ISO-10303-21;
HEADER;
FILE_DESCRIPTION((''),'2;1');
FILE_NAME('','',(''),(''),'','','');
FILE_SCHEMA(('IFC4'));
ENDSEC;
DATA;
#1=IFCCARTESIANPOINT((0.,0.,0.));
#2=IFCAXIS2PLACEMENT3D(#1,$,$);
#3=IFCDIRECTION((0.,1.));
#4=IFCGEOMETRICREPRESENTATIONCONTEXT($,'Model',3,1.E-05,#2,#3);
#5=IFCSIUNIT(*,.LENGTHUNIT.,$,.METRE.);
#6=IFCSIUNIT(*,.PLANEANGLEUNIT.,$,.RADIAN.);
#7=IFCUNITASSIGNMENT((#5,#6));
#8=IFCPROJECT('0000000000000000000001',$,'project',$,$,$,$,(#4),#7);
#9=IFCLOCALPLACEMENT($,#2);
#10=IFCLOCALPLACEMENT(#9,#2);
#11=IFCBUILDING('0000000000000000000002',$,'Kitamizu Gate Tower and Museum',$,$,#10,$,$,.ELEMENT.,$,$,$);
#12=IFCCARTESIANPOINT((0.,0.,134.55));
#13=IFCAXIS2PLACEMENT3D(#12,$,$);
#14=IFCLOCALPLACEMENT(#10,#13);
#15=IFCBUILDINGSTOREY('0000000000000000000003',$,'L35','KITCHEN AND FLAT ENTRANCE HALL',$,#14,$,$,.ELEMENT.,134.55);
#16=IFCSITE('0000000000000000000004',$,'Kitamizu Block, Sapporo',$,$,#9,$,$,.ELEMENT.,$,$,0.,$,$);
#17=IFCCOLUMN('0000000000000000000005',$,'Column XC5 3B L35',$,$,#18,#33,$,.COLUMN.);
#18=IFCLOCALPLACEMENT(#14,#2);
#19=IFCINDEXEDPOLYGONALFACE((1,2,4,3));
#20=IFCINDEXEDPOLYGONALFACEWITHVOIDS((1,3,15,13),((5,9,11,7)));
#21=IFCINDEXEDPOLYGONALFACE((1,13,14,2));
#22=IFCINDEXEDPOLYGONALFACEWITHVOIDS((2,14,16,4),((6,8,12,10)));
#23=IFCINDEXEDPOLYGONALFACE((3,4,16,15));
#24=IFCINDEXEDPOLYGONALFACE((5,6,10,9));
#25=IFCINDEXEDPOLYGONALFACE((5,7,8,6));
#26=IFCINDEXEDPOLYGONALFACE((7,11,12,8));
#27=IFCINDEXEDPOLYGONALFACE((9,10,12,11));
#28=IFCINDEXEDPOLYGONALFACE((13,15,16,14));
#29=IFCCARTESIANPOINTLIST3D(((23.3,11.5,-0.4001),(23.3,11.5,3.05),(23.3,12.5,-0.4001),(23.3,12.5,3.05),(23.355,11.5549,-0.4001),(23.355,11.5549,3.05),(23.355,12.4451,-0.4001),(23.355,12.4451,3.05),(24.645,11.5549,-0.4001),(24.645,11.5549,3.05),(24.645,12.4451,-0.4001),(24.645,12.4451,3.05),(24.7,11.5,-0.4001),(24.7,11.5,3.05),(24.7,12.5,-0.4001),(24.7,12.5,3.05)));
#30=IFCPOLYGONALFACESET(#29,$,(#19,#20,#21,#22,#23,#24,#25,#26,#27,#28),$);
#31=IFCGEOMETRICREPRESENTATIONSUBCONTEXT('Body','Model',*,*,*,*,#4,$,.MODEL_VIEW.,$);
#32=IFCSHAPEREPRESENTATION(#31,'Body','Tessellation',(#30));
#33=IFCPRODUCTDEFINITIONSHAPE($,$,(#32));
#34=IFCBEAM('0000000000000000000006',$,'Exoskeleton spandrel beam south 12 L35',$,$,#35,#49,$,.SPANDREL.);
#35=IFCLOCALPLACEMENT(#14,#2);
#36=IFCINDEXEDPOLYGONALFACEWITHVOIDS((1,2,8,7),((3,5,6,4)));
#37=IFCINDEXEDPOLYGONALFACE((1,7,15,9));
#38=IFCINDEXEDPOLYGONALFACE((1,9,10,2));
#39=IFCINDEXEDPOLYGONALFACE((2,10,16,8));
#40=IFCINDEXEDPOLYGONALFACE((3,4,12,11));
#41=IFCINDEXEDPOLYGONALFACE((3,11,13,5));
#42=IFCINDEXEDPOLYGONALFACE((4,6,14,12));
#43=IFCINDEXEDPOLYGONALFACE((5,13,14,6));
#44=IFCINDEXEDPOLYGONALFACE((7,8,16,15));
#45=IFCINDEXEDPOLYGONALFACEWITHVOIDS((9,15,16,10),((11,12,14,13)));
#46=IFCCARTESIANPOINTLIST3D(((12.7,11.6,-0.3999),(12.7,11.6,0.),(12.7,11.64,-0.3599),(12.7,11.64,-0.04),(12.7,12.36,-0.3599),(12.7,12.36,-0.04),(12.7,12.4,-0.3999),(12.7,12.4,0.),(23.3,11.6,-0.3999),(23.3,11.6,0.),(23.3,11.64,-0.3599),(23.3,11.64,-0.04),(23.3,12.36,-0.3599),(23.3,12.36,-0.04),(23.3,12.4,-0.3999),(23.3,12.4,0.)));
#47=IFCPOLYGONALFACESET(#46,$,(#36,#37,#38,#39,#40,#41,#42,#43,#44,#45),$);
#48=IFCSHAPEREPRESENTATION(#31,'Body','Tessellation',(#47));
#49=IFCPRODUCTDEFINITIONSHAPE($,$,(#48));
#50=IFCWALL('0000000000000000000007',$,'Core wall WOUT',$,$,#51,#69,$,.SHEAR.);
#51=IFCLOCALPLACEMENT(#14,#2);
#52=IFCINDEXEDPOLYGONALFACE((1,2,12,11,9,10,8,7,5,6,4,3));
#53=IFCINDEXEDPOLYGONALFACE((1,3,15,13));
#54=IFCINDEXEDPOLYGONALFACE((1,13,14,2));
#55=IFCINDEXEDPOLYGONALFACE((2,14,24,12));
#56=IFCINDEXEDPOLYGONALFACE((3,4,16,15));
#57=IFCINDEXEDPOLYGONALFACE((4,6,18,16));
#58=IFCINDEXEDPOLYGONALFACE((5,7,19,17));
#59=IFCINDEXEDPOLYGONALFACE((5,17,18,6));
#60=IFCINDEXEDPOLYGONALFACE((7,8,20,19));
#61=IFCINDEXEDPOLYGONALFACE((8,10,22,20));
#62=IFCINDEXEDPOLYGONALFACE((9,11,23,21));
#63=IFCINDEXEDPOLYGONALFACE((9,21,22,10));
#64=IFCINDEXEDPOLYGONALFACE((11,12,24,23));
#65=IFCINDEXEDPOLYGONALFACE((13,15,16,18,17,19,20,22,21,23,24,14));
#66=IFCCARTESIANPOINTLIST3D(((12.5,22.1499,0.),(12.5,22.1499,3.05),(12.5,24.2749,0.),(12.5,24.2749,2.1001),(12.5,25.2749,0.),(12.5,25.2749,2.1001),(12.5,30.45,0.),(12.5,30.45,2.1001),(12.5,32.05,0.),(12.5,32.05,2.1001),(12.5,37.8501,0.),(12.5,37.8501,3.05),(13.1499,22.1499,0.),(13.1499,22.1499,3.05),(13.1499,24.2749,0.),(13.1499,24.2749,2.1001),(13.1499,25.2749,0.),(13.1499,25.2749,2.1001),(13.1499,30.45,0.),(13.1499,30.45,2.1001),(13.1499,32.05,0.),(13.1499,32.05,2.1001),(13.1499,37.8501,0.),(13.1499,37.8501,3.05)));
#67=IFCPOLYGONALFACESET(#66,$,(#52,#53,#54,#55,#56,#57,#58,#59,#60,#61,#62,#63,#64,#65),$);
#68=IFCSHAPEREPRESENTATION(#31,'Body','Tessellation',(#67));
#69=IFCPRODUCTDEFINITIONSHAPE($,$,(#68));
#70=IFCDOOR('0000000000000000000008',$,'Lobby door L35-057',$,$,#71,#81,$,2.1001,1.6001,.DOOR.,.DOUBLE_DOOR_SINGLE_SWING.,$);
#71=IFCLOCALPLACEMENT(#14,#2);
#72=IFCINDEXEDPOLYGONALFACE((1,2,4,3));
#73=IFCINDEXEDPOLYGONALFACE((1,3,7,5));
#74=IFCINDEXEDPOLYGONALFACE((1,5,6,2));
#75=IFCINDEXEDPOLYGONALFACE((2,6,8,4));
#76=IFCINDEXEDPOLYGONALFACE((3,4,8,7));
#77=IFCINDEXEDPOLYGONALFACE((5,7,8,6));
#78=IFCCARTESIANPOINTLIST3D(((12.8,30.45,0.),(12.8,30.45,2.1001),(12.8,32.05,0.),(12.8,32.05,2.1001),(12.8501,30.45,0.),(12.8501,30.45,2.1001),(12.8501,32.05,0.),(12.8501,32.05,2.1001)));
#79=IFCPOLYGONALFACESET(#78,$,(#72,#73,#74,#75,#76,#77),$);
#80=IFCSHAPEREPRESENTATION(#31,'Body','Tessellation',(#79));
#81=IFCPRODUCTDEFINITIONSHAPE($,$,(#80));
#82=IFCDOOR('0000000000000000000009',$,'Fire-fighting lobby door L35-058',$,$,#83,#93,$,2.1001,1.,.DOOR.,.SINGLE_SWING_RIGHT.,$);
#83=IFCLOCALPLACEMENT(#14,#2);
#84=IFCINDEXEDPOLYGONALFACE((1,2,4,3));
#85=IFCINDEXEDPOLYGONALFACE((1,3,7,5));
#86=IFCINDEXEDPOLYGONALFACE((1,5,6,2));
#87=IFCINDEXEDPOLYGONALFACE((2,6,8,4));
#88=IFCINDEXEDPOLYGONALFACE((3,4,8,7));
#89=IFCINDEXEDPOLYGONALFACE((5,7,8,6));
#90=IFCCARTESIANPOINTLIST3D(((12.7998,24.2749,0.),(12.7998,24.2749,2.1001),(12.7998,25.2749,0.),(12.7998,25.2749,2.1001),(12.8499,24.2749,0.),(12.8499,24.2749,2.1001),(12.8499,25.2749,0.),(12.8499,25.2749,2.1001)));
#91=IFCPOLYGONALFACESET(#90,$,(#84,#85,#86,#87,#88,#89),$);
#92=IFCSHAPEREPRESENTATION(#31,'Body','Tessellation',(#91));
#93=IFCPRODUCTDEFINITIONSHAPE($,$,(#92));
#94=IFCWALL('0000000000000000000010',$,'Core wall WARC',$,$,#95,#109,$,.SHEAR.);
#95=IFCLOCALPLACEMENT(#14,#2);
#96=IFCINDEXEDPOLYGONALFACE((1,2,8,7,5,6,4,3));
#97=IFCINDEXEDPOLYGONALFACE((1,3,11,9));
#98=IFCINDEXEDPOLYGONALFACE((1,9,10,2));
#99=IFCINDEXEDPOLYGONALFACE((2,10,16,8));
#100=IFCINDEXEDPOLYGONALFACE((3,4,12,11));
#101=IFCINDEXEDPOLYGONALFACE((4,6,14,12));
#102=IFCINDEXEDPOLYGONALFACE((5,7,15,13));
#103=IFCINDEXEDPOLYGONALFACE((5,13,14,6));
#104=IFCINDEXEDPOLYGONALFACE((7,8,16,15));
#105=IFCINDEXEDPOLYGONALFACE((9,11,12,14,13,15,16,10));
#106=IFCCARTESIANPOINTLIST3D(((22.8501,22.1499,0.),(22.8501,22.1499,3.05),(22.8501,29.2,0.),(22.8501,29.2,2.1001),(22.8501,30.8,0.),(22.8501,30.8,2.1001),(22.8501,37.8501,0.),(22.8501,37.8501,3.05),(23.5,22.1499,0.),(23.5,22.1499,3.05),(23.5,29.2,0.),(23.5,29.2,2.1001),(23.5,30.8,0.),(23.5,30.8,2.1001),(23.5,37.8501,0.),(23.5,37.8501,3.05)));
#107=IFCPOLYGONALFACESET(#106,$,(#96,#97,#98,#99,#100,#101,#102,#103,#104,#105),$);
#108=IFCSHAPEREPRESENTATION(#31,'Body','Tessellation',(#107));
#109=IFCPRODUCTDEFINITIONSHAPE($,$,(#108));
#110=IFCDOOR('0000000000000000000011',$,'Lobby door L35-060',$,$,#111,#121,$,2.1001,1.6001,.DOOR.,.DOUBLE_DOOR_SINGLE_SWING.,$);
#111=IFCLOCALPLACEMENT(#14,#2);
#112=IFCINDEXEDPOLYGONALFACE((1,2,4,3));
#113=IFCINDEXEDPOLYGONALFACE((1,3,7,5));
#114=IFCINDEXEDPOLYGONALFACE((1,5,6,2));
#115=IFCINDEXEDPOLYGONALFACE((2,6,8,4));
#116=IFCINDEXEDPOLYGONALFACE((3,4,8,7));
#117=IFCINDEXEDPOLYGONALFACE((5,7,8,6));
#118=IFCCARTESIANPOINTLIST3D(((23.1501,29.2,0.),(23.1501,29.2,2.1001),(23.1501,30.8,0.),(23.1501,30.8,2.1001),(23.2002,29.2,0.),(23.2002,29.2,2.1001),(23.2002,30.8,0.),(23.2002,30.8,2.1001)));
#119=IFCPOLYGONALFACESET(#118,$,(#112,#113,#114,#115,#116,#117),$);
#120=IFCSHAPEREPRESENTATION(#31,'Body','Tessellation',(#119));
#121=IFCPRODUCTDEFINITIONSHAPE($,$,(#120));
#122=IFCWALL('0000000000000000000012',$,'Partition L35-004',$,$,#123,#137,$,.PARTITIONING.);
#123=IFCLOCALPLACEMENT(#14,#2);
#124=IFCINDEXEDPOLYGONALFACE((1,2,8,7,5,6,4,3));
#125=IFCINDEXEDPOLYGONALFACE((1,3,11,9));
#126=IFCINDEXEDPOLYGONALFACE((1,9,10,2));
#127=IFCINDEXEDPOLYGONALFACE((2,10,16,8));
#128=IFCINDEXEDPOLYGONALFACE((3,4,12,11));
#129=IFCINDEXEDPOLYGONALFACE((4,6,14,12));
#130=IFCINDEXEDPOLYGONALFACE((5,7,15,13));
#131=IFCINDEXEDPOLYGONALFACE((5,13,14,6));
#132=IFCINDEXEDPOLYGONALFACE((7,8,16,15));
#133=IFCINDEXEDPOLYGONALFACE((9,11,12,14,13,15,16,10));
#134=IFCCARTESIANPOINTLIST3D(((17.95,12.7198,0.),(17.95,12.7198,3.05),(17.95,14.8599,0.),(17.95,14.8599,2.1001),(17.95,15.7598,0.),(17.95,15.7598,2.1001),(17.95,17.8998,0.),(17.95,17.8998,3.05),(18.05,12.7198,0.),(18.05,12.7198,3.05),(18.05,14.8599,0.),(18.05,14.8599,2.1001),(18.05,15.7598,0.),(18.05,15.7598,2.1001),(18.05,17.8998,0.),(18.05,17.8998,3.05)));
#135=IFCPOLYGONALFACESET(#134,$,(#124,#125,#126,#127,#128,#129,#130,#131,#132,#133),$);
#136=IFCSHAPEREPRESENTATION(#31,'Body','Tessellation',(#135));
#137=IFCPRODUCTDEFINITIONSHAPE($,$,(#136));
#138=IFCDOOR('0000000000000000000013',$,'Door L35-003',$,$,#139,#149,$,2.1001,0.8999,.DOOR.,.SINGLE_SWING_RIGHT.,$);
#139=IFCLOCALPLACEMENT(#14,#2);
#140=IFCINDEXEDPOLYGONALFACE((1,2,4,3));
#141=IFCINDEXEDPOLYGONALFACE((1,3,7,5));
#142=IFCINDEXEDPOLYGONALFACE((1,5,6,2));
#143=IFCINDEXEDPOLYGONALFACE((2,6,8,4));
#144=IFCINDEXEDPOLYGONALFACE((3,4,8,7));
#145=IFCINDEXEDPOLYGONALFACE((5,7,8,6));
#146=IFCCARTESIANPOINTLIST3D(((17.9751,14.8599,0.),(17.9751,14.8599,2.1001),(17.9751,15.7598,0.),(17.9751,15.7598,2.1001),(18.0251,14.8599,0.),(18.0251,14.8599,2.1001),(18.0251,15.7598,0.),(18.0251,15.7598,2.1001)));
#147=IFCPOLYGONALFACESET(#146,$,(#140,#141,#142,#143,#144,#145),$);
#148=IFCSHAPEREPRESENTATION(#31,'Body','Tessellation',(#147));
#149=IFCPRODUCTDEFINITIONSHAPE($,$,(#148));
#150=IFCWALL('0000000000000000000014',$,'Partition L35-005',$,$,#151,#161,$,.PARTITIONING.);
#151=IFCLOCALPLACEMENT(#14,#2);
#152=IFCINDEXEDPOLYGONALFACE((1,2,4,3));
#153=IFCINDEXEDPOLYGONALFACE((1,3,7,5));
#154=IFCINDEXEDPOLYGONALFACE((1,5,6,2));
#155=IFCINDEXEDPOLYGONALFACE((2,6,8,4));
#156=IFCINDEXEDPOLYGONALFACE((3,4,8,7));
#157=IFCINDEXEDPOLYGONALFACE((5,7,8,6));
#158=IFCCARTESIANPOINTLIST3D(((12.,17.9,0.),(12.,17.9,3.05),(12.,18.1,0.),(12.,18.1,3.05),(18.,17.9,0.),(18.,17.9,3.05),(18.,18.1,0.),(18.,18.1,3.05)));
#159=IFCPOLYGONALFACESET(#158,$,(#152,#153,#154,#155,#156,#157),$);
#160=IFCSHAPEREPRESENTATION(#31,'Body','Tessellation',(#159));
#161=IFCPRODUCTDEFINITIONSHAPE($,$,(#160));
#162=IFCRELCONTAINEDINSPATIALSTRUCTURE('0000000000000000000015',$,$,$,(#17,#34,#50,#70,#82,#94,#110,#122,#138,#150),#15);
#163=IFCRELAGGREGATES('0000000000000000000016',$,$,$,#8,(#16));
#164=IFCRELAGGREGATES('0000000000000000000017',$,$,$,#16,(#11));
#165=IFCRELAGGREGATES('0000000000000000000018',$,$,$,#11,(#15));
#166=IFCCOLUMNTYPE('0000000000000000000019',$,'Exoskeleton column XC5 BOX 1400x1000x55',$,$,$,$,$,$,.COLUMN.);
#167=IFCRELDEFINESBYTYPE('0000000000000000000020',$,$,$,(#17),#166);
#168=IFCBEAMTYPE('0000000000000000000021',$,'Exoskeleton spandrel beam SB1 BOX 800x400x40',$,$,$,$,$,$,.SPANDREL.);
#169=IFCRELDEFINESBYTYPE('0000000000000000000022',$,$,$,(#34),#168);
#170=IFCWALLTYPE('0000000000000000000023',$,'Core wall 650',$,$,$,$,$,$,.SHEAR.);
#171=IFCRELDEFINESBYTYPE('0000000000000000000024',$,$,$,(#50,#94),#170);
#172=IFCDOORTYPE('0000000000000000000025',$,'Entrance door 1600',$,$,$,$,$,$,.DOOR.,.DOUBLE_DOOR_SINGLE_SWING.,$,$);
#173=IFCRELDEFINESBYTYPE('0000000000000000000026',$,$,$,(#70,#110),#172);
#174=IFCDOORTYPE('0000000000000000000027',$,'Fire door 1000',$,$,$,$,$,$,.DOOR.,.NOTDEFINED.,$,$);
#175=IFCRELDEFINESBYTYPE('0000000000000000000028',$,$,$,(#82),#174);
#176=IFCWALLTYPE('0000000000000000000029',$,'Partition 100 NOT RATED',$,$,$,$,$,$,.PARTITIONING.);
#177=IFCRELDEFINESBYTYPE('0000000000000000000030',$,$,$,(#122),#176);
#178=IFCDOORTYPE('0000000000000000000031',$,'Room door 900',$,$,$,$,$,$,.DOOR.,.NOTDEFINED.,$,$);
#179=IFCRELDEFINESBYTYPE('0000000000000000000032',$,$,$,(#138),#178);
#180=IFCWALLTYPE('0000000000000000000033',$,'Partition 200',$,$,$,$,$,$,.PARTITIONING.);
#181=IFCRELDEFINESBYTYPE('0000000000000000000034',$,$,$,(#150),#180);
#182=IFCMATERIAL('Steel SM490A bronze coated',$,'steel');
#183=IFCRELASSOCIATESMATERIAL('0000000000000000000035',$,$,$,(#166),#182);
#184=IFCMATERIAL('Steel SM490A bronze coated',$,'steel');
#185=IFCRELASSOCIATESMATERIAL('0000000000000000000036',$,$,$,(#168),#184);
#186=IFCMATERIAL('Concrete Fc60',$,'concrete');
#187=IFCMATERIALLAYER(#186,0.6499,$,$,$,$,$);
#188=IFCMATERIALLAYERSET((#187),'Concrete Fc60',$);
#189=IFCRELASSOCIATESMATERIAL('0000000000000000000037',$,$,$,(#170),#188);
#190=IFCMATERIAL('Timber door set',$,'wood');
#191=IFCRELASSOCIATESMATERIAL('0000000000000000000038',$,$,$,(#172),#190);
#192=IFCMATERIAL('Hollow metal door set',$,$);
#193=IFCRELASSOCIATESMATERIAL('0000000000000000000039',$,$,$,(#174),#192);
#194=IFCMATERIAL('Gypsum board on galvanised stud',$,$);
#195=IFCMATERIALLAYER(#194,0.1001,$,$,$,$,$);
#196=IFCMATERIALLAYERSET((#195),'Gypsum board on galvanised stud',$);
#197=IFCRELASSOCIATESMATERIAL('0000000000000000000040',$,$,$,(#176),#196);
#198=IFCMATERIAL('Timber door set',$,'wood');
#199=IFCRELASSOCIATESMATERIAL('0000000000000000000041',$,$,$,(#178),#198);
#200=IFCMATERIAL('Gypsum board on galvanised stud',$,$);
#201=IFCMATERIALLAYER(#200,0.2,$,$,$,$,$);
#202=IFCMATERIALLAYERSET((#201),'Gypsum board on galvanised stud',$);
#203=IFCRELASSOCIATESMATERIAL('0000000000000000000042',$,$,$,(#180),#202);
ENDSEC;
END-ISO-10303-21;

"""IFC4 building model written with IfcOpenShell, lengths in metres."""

from ifc_helpers import new_model, si_unit, direction, frame, frame_2d, origin, origin_2d, place, context, subcontext, project, spatial, rectangle, hollow_rectangle, extrude, material, layer, layer_set, material_profile, profile_set, type_object, element, fill, save


model = new_model("IFC4")

# Units and contexts
model_context = context("Model", 3, precision=1e-05, world=origin(), true_north=direction((0.0, 1.0)))
body_context = subcontext(model_context, "Body", "Model", "MODEL_VIEW")
ifc_project = project(units=[si_unit("LENGTHUNIT", "METRE"), si_unit("PLANEANGLEUNIT", "RADIAN")], contexts=[model_context])

# Site, building, storey
site_placement = place(None, origin())
site = spatial("IfcSite", under=ifc_project, at=site_placement, Name="Kitamizu Block, Sapporo", CompositionType="ELEMENT", RefElevation=0.0)
building_placement = place(site_placement, origin())
building = spatial("IfcBuilding", under=site, at=building_placement, Name="Kitamizu Gate Tower and Museum", CompositionType="ELEMENT")
storey_placement = place(building_placement, frame((0.0, 0.0, 134.55)))
storey = spatial("IfcBuildingStorey", under=building, at=storey_placement, Name="L35", Description="KITCHEN AND FLAT ENTRANCE HALL", CompositionType="ELEMENT", Elevation=134.55)

# Column
ifc_material_1 = material(Name="Steel SM490A bronze coated", Category="steel")
ifc_material_profile_1 = material_profile(ifc_material_1, hollow_rectangle(XDim=1.3999, YDim=1.0, WallThickness=0.0549, at=origin_2d()), Name="BOX 1400x1000x55")
ifc_profile_set_1 = profile_set([ifc_material_profile_1], Name="Steel SM490A bronze coated")
column_type = type_object("IfcColumnType", Name="Exoskeleton column XC5 BOX 1400x1000x55", PredefinedType="COLUMN", material=ifc_profile_set_1)
column_placement = place(storey_placement, frame((24.0, 12.0, -0.4001), z_axis=(0.0, 0.0, 1.0), x_axis=(1.0, 0.0, 0.0)))
element("IfcColumn", 1, at=column_placement, inside=storey, type_object=column_type, Name="Column XC5 3B L35", PredefinedType="COLUMN", context=body_context, shape_type="SweptSolid", body=[
    extrude(hollow_rectangle(XDim=1.3999, YDim=1.0, WallThickness=0.0549, at=origin_2d()), origin(), (0.0, 0.0, 1.0), 3.4502),
])

# Beam
ifc_material_2 = material(Name="Steel SM490A bronze coated", Category="steel")
ifc_material_profile_2 = material_profile(ifc_material_2, hollow_rectangle(XDim=0.8, YDim=0.3999, WallThickness=0.04, at=origin_2d()), Name="BOX 800x400x40")
ifc_profile_set_2 = profile_set([ifc_material_profile_2], Name="Steel SM490A bronze coated")
beam_type = type_object("IfcBeamType", Name="Exoskeleton spandrel beam SB1 BOX 800x400x40", PredefinedType="SPANDREL", material=ifc_profile_set_2)
beam_placement = place(storey_placement, frame((12.7, 12.0, -0.2), z_axis=(1.0, 0.0, 0.0), x_axis=(0.0, 1.0, 0.0)))
element("IfcBeam", 2, at=beam_placement, inside=storey, type_object=beam_type, Name="Exoskeleton spandrel beam south 12 L35", PredefinedType="SPANDREL", context=body_context, shape_type="SweptSolid", body=[
    extrude(hollow_rectangle(XDim=0.8, YDim=0.3999, WallThickness=0.04, at=origin_2d()), origin(), (0.0, 0.0, 1.0), 10.6001),
])

# Wall, openings, doors
ifc_material_3 = material(Name="Concrete Fc60", Category="concrete")
ifc_layer_1 = layer(ifc_material_3, 0.6499)
ifc_layer_set_1 = layer_set([ifc_layer_1], Name="Concrete Fc60")
wall_type_1 = type_object("IfcWallType", Name="Core wall 650", PredefinedType="SHEAR", material=ifc_layer_set_1)
wall_1_placement = place(storey_placement, frame((12.825, 22.1499, 0.0), z_axis=(0.0, 0.0, 1.0), x_axis=(0.0, 1.0, 0.0)))
wall_1 = element("IfcWall", 3, at=wall_1_placement, inside=storey, type_object=wall_type_1, Name="Core wall WOUT", PredefinedType="SHEAR", context=body_context, shape_type="SweptSolid", body=[
    extrude(rectangle(XDim=15.7002, YDim=0.6499, at=frame_2d((7.8501, 0.0))), origin(), (0.0, 0.0, 1.0), 3.05),
])
opening_1_placement = place(wall_1_placement, frame((8.3, 0.0, 0.0)))
opening_1 = element("IfcOpeningElement", 4, at=opening_1_placement, cuts=wall_1, PredefinedType="OPENING", context=body_context, shape_type="SweptSolid", body=[
    extrude(rectangle(XDim=1.6001, YDim=2.1001, at=frame_2d((0.8, 1.05))), frame((0.0, 0.335, 0.0), z_axis=(0.0, -1.0, 0.0), x_axis=(1.0, 0.0, 0.0)), (0.0, 0.0, 1.0), 0.6699),
])
opening_2_placement = place(wall_1_placement, frame((2.125, 0.0, 0.0)))
opening_2 = element("IfcOpeningElement", 5, at=opening_2_placement, cuts=wall_1, PredefinedType="OPENING", context=body_context, shape_type="SweptSolid", body=[
    extrude(rectangle(XDim=1.0, YDim=2.1001, at=frame_2d((0.5, 1.05))), frame((0.0, 0.335, 0.0), z_axis=(0.0, -1.0, 0.0), x_axis=(1.0, 0.0, 0.0)), (0.0, 0.0, 1.0), 0.6699),
])
ifc_material_4 = material(Name="Timber door set", Category="wood")
door_type_1 = type_object("IfcDoorType", Name="Entrance door 1600", OperationType="DOUBLE_DOOR_SINGLE_SWING", PredefinedType="DOOR", material=ifc_material_4)
door_1_placement = place(opening_1_placement, origin())
door_1 = element("IfcDoor", 6, at=door_1_placement, inside=storey, type_object=door_type_1, Name="Lobby door L35-057", OperationType="DOUBLE_DOOR_SINGLE_SWING", OverallHeight=2.1001, OverallWidth=1.6001, PredefinedType="DOOR", context=body_context, shape_type="SweptSolid", body=[
    extrude(rectangle(XDim=1.6001, YDim=2.1001, at=frame_2d((0.8, 1.05))), frame((0.0, 0.0249, 0.0), z_axis=(0.0, -1.0, 0.0), x_axis=(1.0, 0.0, 0.0)), (0.0, 0.0, 1.0), 0.05),
])
fill(opening_1, door_1)
ifc_material_5 = material(Name="Hollow metal door set")
door_type_2 = type_object("IfcDoorType", Name="Fire door 1000", OperationType="NOTDEFINED", PredefinedType="DOOR", material=ifc_material_5)
door_2_placement = place(opening_2_placement, frame((1.0, 0.0, 0.0), x_axis=(-1.0, 0.0, 0.0)))
door_2 = element("IfcDoor", 7, at=door_2_placement, inside=storey, type_object=door_type_2, Name="Fire-fighting lobby door L35-058", OperationType="SINGLE_SWING_RIGHT", OverallHeight=2.1001, OverallWidth=1.0, PredefinedType="DOOR", context=body_context, shape_type="SweptSolid", body=[
    extrude(rectangle(XDim=1.0, YDim=2.1001, at=frame_2d((0.5, 1.05))), frame((0.0, 0.0249, 0.0), z_axis=(0.0, -1.0, 0.0), x_axis=(1.0, 0.0, 0.0)), (0.0, 0.0, 1.0), 0.05),
])
fill(opening_2, door_2)

# Walls, openings, doors
wall_2_placement = place(storey_placement, frame((23.175, 22.1499, 0.0), z_axis=(0.0, 0.0, 1.0), x_axis=(0.0, 1.0, 0.0)))
wall_2 = element("IfcWall", 8, at=wall_2_placement, inside=storey, type_object=wall_type_1, Name="Core wall WARC", PredefinedType="SHEAR", context=body_context, shape_type="SweptSolid", body=[
    extrude(rectangle(XDim=15.7002, YDim=0.6499, at=frame_2d((7.8501, 0.0))), origin(), (0.0, 0.0, 1.0), 3.05),
])
opening_3_placement = place(wall_2_placement, frame((7.05, 0.0, 0.0)))
opening_3 = element("IfcOpeningElement", 9, at=opening_3_placement, cuts=wall_2, PredefinedType="OPENING", context=body_context, shape_type="SweptSolid", body=[
    extrude(rectangle(XDim=1.6001, YDim=2.1001, at=frame_2d((0.8, 1.05))), frame((0.0, 0.335, 0.0), z_axis=(0.0, -1.0, 0.0), x_axis=(1.0, 0.0, 0.0)), (0.0, 0.0, 1.0), 0.6699),
])
door_3_placement = place(opening_3_placement, origin())
door_3 = element("IfcDoor", 10, at=door_3_placement, inside=storey, type_object=door_type_1, Name="Lobby door L35-060", OperationType="DOUBLE_DOOR_SINGLE_SWING", OverallHeight=2.1001, OverallWidth=1.6001, PredefinedType="DOOR", context=body_context, shape_type="SweptSolid", body=[
    extrude(rectangle(XDim=1.6001, YDim=2.1001, at=frame_2d((0.8, 1.05))), frame((0.0, 0.0249, 0.0), z_axis=(0.0, -1.0, 0.0), x_axis=(1.0, 0.0, 0.0)), (0.0, 0.0, 1.0), 0.05),
])
fill(opening_3, door_3)
ifc_material_6 = material(Name="Gypsum board on galvanised stud")
ifc_layer_2 = layer(ifc_material_6, 0.1001)
ifc_layer_set_2 = layer_set([ifc_layer_2], Name="Gypsum board on galvanised stud")
wall_type_2 = type_object("IfcWallType", Name="Partition 100 NOT RATED", PredefinedType="PARTITIONING", material=ifc_layer_set_2)
wall_3_placement = place(storey_placement, frame((18.0, 12.72, 0.0), z_axis=(0.0, 0.0, 1.0), x_axis=(0.0, 1.0, 0.0)))
wall_3 = element("IfcWall", 11, at=wall_3_placement, inside=storey, type_object=wall_type_2, Name="Partition L35-004", PredefinedType="PARTITIONING", context=body_context, shape_type="SweptSolid", body=[
    extrude(rectangle(XDim=5.1799, YDim=0.1001, at=frame_2d((2.5898, 0.0))), origin(), (0.0, 0.0, 1.0), 3.05),
])
opening_4_placement = place(wall_3_placement, frame((2.1399, 0.0, 0.0)))
opening_4 = element("IfcOpeningElement", 12, at=opening_4_placement, cuts=wall_3, PredefinedType="OPENING", context=body_context, shape_type="SweptSolid", body=[
    extrude(rectangle(XDim=0.8999, YDim=2.1001, at=frame_2d((0.45, 1.05))), frame((0.0, 0.0601, 0.0), z_axis=(0.0, -1.0, 0.0), x_axis=(1.0, 0.0, 0.0)), (0.0, 0.0, 1.0), 0.1201),
])
ifc_material_7 = material(Name="Timber door set", Category="wood")
door_type_3 = type_object("IfcDoorType", Name="Room door 900", OperationType="NOTDEFINED", PredefinedType="DOOR", material=ifc_material_7)
door_4_placement = place(opening_4_placement, origin())
door_4 = element("IfcDoor", 13, at=door_4_placement, inside=storey, type_object=door_type_3, Name="Door L35-003", OperationType="SINGLE_SWING_RIGHT", OverallHeight=2.1001, OverallWidth=0.8999, PredefinedType="DOOR", context=body_context, shape_type="SweptSolid", body=[
    extrude(rectangle(XDim=0.8999, YDim=2.1001, at=frame_2d((0.45, 1.05))), frame((0.0, 0.0249, 0.0), z_axis=(0.0, -1.0, 0.0), x_axis=(1.0, 0.0, 0.0)), (0.0, 0.0, 1.0), 0.05),
])
fill(opening_4, door_4)

# Wall
ifc_material_8 = material(Name="Gypsum board on galvanised stud")
ifc_layer_3 = layer(ifc_material_8, 0.2)
ifc_layer_set_3 = layer_set([ifc_layer_3], Name="Gypsum board on galvanised stud")
wall_type_3 = type_object("IfcWallType", Name="Partition 200", PredefinedType="PARTITIONING", material=ifc_layer_set_3)
wall_4_placement = place(storey_placement, frame((18.0, 18.0, 0.0), z_axis=(0.0, 0.0, 1.0), x_axis=(-1.0, 0.0, 0.0)))
element("IfcWall", 14, at=wall_4_placement, inside=storey, type_object=wall_type_3, Name="Partition L35-005", PredefinedType="PARTITIONING", context=body_context, shape_type="SweptSolid", body=[
    extrude(rectangle(XDim=6.0, YDim=0.2, at=frame_2d((3.0, 0.0))), origin(), (0.0, 0.0, 1.0), 3.05),
])

save(model, "model.ifc")
